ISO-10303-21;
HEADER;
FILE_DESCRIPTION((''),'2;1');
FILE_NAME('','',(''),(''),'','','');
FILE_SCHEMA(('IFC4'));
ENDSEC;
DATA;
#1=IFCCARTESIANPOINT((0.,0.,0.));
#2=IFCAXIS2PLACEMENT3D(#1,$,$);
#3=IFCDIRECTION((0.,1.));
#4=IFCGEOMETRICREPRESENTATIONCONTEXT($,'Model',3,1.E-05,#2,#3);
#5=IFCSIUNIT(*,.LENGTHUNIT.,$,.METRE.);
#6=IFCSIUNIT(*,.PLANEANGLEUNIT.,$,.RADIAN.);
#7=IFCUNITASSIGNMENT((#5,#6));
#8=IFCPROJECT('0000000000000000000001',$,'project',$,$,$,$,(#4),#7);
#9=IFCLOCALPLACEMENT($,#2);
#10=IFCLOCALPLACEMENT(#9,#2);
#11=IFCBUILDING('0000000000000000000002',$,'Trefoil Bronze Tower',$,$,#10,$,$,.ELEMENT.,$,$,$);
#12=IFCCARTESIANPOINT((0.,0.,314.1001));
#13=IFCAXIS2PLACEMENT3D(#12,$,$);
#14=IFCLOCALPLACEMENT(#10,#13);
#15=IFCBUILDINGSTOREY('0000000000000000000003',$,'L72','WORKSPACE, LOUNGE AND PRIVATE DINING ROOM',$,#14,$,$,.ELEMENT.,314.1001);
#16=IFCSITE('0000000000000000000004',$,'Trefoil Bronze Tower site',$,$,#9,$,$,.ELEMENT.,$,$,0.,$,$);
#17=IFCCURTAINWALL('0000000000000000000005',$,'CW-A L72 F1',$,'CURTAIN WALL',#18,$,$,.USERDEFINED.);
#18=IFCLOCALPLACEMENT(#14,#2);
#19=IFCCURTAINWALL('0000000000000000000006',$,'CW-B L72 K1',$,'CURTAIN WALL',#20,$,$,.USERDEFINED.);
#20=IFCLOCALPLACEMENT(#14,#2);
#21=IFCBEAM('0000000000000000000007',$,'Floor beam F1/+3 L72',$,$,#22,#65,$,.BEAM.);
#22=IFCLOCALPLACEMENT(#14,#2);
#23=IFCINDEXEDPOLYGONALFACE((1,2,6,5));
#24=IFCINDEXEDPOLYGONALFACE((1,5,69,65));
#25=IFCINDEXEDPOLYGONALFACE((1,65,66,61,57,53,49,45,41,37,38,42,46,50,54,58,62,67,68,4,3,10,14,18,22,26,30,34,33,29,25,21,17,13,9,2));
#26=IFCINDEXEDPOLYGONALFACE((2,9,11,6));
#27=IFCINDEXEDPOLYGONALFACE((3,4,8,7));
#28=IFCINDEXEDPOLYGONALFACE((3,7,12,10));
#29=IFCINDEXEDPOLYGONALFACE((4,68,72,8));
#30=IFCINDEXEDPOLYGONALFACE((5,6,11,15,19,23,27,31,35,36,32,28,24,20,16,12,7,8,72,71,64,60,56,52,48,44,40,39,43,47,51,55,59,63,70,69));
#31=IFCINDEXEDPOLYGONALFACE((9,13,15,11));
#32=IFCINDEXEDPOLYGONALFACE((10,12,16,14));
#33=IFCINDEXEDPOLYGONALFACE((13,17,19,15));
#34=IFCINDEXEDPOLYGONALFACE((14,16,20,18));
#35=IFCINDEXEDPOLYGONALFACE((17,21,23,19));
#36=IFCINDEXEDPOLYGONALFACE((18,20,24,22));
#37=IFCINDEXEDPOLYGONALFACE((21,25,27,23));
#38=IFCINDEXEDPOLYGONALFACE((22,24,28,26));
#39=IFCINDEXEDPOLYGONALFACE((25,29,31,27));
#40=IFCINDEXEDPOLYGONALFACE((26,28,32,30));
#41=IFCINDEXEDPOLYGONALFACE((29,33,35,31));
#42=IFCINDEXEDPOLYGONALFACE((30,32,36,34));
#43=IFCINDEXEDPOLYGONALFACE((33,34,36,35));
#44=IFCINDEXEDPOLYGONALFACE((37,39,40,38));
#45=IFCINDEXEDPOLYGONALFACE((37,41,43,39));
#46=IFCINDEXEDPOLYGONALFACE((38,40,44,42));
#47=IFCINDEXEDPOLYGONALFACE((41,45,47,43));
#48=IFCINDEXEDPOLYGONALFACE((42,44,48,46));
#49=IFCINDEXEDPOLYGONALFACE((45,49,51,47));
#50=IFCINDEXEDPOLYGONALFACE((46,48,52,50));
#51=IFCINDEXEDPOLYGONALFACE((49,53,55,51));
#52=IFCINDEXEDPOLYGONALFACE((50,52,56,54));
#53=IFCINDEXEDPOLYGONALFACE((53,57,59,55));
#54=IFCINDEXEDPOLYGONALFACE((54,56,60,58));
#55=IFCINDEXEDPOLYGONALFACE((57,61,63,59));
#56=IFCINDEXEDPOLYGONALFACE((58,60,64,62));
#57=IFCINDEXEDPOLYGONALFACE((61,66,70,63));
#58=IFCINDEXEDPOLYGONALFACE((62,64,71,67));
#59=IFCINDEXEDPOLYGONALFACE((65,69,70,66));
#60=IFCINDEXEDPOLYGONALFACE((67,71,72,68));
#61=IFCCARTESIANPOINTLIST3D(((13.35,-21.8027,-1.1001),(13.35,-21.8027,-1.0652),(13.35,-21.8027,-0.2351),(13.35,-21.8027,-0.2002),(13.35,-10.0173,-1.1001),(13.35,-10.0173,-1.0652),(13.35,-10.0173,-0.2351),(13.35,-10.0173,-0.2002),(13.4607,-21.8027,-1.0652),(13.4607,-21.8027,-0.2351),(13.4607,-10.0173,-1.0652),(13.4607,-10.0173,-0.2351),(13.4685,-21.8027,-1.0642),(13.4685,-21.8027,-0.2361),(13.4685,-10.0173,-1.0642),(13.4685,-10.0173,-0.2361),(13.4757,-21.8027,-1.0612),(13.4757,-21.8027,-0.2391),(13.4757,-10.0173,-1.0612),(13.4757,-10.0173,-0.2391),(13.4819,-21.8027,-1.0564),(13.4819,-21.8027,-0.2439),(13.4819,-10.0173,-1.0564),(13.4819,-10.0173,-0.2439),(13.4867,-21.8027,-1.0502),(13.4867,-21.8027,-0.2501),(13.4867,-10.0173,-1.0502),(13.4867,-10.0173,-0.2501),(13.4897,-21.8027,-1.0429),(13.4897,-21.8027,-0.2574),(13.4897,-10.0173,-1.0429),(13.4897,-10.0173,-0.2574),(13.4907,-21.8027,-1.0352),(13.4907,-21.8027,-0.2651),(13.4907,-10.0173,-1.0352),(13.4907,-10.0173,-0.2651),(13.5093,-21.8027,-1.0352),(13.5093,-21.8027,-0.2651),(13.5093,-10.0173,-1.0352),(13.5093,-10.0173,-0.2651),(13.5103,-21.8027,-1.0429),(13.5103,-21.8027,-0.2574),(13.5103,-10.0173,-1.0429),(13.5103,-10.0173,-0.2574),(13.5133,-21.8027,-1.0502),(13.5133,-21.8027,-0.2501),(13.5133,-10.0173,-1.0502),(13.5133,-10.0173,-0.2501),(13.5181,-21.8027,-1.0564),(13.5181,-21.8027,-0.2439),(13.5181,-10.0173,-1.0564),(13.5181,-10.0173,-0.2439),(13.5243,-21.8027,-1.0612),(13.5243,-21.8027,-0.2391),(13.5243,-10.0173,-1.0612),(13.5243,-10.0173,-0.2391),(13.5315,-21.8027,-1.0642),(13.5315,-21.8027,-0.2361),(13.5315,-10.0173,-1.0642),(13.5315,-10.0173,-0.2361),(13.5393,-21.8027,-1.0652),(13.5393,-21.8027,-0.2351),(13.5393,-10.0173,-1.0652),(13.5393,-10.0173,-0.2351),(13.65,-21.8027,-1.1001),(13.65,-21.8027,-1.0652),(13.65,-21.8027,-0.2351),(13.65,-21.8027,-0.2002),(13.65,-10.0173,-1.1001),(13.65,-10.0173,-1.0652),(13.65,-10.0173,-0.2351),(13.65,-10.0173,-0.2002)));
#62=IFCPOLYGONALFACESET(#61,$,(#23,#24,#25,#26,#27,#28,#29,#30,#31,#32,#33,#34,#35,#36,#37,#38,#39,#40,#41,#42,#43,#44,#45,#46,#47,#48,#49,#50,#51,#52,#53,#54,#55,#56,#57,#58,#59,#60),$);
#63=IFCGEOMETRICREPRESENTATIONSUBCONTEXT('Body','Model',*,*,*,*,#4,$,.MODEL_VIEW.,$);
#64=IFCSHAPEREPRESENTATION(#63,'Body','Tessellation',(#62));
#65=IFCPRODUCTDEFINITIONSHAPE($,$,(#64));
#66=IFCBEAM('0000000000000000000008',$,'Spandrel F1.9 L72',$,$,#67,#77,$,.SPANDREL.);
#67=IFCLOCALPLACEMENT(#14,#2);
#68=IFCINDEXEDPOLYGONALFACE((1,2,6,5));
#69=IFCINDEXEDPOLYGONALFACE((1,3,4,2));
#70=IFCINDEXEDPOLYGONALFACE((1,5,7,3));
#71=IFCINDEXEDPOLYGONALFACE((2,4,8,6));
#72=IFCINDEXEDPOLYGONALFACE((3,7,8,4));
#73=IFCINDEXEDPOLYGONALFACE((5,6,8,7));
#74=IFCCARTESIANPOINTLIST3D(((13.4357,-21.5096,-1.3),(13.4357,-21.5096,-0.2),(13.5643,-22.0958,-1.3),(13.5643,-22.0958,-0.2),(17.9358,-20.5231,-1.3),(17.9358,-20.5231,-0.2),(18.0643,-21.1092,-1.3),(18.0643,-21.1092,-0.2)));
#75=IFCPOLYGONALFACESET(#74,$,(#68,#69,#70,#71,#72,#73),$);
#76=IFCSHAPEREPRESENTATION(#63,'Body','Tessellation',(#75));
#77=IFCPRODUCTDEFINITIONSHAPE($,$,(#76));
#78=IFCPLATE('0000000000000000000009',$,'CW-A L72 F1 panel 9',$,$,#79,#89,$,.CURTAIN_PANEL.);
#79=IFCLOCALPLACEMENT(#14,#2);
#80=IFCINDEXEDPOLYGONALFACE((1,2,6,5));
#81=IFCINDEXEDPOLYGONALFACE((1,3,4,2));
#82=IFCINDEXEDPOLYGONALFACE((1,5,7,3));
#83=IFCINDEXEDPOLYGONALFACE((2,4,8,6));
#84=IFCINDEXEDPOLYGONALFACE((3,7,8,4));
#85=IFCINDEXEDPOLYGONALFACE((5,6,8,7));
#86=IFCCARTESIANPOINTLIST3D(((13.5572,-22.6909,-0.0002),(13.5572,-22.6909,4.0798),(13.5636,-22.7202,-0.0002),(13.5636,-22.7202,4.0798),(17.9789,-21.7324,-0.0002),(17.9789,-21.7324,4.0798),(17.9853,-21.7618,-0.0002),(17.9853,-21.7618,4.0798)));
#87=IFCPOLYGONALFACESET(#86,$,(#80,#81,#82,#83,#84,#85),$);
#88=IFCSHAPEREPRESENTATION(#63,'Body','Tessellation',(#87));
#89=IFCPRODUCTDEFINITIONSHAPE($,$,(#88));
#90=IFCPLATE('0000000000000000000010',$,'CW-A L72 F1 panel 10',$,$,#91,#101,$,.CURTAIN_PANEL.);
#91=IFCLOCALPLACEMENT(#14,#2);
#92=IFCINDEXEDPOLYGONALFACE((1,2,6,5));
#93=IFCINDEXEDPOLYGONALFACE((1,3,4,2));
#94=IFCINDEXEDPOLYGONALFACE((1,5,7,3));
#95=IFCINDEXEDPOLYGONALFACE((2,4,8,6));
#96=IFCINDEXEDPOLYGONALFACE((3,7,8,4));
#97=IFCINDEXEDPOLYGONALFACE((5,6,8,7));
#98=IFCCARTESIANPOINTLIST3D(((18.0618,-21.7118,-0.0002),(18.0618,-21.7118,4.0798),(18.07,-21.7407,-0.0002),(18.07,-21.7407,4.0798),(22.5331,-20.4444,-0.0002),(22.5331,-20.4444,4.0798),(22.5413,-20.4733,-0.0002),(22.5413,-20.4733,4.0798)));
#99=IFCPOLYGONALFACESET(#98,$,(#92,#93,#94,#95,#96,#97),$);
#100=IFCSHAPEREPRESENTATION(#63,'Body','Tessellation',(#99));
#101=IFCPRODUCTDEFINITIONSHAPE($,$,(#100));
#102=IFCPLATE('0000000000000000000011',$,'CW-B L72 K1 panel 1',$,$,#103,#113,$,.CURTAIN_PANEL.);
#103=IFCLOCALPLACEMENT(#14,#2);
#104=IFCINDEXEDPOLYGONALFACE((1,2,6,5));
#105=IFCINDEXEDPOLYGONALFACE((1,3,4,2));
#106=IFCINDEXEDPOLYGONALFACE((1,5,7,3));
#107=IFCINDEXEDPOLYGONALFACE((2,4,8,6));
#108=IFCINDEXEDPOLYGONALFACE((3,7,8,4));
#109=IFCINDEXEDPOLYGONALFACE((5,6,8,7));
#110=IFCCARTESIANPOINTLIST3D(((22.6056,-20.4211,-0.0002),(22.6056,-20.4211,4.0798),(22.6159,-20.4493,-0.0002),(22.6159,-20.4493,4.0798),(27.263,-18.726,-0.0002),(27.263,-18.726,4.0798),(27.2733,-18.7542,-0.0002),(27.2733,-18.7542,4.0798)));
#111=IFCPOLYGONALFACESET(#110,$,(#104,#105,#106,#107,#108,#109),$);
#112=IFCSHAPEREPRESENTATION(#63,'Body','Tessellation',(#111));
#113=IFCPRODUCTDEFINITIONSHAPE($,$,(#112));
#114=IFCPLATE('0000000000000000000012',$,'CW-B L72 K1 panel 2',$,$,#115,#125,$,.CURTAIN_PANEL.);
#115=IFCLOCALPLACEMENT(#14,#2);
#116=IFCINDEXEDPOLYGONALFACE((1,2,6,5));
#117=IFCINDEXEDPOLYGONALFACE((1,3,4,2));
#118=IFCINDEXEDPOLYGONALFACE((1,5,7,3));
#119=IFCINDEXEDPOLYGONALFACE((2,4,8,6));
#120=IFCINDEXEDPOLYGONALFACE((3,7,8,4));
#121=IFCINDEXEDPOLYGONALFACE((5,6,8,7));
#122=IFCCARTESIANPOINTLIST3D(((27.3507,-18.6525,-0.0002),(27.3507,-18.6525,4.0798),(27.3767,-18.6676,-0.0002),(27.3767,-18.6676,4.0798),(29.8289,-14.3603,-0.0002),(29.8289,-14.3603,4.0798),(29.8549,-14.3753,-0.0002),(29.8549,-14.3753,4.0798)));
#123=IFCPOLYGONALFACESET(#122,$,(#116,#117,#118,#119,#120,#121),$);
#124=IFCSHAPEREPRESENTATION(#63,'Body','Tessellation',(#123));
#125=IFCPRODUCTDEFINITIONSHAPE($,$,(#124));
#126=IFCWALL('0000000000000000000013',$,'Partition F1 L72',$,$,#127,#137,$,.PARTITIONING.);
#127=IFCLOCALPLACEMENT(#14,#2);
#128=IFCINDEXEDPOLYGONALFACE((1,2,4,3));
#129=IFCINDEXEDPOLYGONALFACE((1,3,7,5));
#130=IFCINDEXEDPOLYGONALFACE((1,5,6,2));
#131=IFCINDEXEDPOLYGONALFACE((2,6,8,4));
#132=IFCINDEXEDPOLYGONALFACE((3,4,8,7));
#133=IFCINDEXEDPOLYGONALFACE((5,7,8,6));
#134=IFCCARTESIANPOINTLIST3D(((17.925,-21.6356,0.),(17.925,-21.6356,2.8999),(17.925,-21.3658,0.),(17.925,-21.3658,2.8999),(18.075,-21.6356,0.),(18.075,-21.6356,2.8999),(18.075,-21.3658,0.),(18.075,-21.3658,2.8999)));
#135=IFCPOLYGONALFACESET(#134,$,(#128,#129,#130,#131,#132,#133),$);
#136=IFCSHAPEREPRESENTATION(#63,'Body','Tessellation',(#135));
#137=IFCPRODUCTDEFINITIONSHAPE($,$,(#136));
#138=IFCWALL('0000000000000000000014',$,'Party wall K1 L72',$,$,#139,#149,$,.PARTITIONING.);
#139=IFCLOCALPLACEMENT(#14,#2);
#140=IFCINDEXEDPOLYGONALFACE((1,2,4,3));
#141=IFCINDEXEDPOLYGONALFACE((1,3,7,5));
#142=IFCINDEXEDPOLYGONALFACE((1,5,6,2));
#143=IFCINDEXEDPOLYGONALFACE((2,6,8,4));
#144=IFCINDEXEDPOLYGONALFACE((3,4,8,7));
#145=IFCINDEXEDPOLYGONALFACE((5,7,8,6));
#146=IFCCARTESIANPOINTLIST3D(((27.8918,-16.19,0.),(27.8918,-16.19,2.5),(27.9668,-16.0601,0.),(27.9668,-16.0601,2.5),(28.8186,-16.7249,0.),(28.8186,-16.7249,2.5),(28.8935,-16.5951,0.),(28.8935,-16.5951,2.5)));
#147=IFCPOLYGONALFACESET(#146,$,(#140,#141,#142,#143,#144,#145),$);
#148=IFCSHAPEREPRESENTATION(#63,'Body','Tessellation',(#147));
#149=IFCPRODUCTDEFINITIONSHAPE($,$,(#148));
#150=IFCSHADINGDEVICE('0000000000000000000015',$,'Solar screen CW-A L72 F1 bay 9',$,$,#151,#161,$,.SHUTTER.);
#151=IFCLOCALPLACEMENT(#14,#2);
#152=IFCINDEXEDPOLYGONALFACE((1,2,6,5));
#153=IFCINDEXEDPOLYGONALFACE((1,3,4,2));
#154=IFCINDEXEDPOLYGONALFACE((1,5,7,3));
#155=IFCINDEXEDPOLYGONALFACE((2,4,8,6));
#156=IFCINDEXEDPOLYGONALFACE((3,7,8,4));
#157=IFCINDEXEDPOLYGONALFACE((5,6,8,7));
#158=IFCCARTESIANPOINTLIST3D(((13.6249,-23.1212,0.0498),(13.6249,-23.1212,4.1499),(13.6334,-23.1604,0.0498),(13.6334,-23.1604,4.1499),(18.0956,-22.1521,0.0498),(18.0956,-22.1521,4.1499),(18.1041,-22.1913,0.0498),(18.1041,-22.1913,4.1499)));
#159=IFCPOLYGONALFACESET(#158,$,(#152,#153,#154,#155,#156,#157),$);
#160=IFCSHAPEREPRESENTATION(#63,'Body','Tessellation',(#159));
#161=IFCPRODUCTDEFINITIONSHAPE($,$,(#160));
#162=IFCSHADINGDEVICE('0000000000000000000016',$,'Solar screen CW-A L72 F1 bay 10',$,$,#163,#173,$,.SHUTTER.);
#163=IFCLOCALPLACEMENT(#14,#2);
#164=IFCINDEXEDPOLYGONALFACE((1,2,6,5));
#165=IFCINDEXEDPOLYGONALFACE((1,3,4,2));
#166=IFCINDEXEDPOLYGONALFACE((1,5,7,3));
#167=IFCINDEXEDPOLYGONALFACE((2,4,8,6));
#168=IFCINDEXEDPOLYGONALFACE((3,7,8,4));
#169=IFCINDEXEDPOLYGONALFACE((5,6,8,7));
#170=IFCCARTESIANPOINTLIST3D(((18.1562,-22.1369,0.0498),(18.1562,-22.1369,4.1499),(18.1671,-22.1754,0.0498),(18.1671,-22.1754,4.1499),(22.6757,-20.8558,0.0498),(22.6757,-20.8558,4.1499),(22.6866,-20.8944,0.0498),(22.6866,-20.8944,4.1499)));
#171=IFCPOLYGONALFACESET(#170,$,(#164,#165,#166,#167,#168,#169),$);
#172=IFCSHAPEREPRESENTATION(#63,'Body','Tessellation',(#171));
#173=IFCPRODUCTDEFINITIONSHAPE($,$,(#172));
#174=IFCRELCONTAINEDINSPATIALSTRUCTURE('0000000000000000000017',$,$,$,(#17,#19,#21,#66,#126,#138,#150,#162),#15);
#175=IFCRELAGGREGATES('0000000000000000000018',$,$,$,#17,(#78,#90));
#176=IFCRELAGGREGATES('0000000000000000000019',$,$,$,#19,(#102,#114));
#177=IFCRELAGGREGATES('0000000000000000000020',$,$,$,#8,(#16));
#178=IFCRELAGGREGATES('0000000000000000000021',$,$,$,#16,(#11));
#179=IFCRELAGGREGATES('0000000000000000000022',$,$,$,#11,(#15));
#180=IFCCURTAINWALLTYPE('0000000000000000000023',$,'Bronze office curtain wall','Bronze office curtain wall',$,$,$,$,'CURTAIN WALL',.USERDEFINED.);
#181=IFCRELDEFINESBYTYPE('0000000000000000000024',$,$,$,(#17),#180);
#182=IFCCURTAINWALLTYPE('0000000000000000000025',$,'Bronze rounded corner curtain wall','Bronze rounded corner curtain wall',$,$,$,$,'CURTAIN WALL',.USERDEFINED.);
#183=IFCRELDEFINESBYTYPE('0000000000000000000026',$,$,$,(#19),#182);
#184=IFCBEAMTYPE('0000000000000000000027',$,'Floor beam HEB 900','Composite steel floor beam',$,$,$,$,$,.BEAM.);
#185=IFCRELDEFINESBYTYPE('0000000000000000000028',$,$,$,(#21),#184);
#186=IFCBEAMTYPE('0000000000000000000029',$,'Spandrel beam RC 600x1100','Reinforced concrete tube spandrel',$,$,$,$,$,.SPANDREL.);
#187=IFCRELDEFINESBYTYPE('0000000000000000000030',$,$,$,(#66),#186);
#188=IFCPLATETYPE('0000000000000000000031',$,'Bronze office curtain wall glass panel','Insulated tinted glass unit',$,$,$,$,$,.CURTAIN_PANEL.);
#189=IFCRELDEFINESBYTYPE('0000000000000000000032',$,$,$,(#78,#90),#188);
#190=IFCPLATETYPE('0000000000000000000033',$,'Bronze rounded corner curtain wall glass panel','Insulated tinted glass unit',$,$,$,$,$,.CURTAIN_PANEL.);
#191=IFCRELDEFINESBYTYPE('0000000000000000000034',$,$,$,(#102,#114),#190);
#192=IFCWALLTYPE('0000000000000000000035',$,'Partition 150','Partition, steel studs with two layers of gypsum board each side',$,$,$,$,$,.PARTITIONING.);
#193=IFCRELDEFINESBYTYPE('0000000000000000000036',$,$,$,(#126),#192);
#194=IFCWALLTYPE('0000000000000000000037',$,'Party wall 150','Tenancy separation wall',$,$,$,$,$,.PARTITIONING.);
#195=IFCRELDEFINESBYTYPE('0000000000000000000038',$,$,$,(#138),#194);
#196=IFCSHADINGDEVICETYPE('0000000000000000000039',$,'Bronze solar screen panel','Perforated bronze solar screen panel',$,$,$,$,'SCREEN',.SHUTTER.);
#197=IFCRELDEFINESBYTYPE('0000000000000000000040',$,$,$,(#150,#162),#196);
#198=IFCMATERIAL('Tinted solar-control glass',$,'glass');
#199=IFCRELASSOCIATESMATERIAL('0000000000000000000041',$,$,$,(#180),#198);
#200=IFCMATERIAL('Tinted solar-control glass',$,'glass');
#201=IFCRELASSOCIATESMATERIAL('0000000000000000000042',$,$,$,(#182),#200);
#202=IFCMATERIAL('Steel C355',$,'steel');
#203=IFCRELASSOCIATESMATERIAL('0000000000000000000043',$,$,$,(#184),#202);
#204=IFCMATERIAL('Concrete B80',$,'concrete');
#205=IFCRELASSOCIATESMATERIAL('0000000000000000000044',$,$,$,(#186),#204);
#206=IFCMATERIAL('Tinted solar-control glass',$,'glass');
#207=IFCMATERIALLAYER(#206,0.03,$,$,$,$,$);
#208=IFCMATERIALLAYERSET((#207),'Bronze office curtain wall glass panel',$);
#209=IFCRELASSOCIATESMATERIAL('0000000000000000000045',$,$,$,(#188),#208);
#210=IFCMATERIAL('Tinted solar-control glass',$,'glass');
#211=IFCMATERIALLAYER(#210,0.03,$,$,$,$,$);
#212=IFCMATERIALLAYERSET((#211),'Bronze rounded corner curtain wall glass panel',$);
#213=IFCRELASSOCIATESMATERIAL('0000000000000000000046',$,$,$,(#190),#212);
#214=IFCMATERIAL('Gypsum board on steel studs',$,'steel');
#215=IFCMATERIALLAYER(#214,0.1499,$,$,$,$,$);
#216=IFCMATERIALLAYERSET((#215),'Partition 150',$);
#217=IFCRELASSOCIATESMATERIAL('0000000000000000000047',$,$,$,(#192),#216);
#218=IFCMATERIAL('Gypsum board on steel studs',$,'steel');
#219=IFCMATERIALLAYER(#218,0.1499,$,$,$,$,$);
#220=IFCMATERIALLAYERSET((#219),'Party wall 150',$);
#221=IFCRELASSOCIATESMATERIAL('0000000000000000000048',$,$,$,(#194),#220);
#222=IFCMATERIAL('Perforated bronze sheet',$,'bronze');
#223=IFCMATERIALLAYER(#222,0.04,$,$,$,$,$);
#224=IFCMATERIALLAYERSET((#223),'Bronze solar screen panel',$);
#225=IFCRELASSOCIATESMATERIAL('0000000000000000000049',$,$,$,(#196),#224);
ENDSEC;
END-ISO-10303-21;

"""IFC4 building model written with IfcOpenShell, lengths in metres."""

from ifc_helpers import new_model, si_unit, direction, frame, frame_2d, origin, origin_2d, place, context, subcontext, project, spatial, rectangle, i_section, extrude, material, layer, layer_set, material_profile, profile_set, type_object, element, aggregate, save


model = new_model("IFC4")

# Units and contexts
model_context = context("Model", 3, precision=1e-05, world=origin(), true_north=direction((0.0, 1.0)))
body_context = subcontext(model_context, "Body", "Model", "MODEL_VIEW")
ifc_project = project(units=[si_unit("LENGTHUNIT", "METRE"), si_unit("PLANEANGLEUNIT", "RADIAN")], contexts=[model_context])

# Site, building, storey
site_placement = place(None, origin())
site = spatial("IfcSite", under=ifc_project, at=site_placement, Name="Trefoil Bronze Tower site", CompositionType="ELEMENT", RefElevation=0.0)
building_placement = place(site_placement, origin())
building = spatial("IfcBuilding", under=site, at=building_placement, Name="Trefoil Bronze Tower", CompositionType="ELEMENT")
storey_placement = place(building_placement, frame((0.0, 0.0, 314.1001)))
storey = spatial("IfcBuildingStorey", under=building, at=storey_placement, Name="L72", Description="WORKSPACE, LOUNGE AND PRIVATE DINING ROOM", CompositionType="ELEMENT", Elevation=314.1001)

# Curtain walls
ifc_material_1 = material(Name="Tinted solar-control glass", Category="glass")
curtain_wall_type_1 = type_object("IfcCurtainWallType", Name="Bronze office curtain wall", Description="Bronze office curtain wall", ElementType="CURTAIN WALL", PredefinedType="USERDEFINED", material=ifc_material_1)
curtain_wall_1_placement = place(storey_placement, origin())
curtain_wall_1 = element("IfcCurtainWall", 1, at=curtain_wall_1_placement, inside=storey, type_object=curtain_wall_type_1, Name="CW-A L72 F1", ObjectType="CURTAIN WALL", PredefinedType="USERDEFINED")
ifc_material_2 = material(Name="Tinted solar-control glass", Category="glass")
curtain_wall_type_2 = type_object("IfcCurtainWallType", Name="Bronze rounded corner curtain wall", Description="Bronze rounded corner curtain wall", ElementType="CURTAIN WALL", PredefinedType="USERDEFINED", material=ifc_material_2)
curtain_wall_2_placement = place(storey_placement, origin())
curtain_wall_2 = element("IfcCurtainWall", 2, at=curtain_wall_2_placement, inside=storey, type_object=curtain_wall_type_2, Name="CW-B L72 K1", ObjectType="CURTAIN WALL", PredefinedType="USERDEFINED")

# Beams
ifc_material_3 = material(Name="Steel C355", Category="steel")
ifc_material_profile_1 = material_profile(ifc_material_3, i_section(OverallWidth=0.3, OverallDepth=0.8999, WebThickness=0.0186, FlangeThickness=0.0349, FilletRadius=0.03, at=origin_2d()), Name="HEB 900")
ifc_profile_set_1 = profile_set([ifc_material_profile_1], Name="Steel C355")
beam_type_1 = type_object("IfcBeamType", Name="Floor beam HEB 900", Description="Composite steel floor beam", PredefinedType="BEAM", material=ifc_profile_set_1)
beam_1_placement = place(storey_placement, frame((13.5, -21.8027, -0.6501), z_axis=(0.0, 1.0, 0.0), x_axis=(-1.0, 0.0, 0.0)))
element("IfcBeam", 3, at=beam_1_placement, inside=storey, type_object=beam_type_1, Name="Floor beam F1/+3 L72", PredefinedType="BEAM", context=body_context, shape_type="SweptSolid", body=[
    extrude(i_section(OverallWidth=0.3, OverallDepth=0.8999, WebThickness=0.0186, FlangeThickness=0.0349, FilletRadius=0.03, at=origin_2d()), origin(), (0.0, 0.0, 1.0), 11.7854),
])
ifc_material_4 = material(Name="Concrete B80", Category="concrete")
ifc_material_profile_2 = material_profile(ifc_material_4, rectangle(XDim=0.6001, YDim=1.1001, at=origin_2d()), Name="RC 600x1100")
ifc_profile_set_2 = profile_set([ifc_material_profile_2], Name="Concrete B80")
beam_type_2 = type_object("IfcBeamType", Name="Spandrel beam RC 600x1100", Description="Reinforced concrete tube spandrel", PredefinedType="SPANDREL", material=ifc_profile_set_2)
beam_2_placement = place(storey_placement, frame((13.5, -21.8027, -0.75), z_axis=(0.9768, 0.214152, 0.0), x_axis=(-0.214152, 0.9768, 0.0)))
element("IfcBeam", 4, at=beam_2_placement, inside=storey, type_object=beam_type_2, Name="Spandrel F1.9 L72", PredefinedType="SPANDREL", context=body_context, shape_type="SweptSolid", body=[
    extrude(rectangle(XDim=0.6001, YDim=1.1001, at=origin_2d()), origin(), (0.0, 0.0, 1.0), 4.6069),
])

# Plates
ifc_material_5 = material(Name="Tinted solar-control glass", Category="glass")
ifc_layer_1 = layer(ifc_material_5, 0.03)
ifc_layer_set_1 = layer_set([ifc_layer_1], Name="Bronze office curtain wall glass panel")
plate_type_1 = type_object("IfcPlateType", Name="Bronze office curtain wall glass panel", Description="Insulated tinted glass unit", PredefinedType="CURTAIN_PANEL", material=ifc_layer_set_1)
plate_1_placement = place(storey_placement, frame((15.7712, -22.2263, -0.0002), z_axis=(0.0, 0.0, 1.0), x_axis=(0.977303, 0.211846, 0.0)))
plate_1 = element("IfcPlate", 5, at=plate_1_placement, type_object=plate_type_1, Name="CW-A L72 F1 panel 9", PredefinedType="CURTAIN_PANEL", context=body_context, shape_type="SweptSolid", body=[
    extrude(rectangle(XDim=4.5244, YDim=0.03, at=origin_2d()), origin(), (0.0, 0.0, 1.0), 4.0801),
])
plate_2_placement = place(storey_placement, frame((20.3015, -21.0925, -0.0002), z_axis=(0.0, 0.0, 1.0), x_axis=(0.962098, 0.272705, 0.0)))
plate_2 = element("IfcPlate", 6, at=plate_2_placement, type_object=plate_type_1, Name="CW-A L72 F1 panel 10", PredefinedType="CURTAIN_PANEL", context=body_context, shape_type="SweptSolid", body=[
    extrude(rectangle(XDim=4.6475, YDim=0.03, at=origin_2d()), origin(), (0.0, 0.0, 1.0), 4.0801),
])
aggregate(curtain_wall_1, [plate_1, plate_2])
ifc_material_6 = material(Name="Tinted solar-control glass", Category="glass")
ifc_layer_2 = layer(ifc_material_6, 0.03)
ifc_layer_set_2 = layer_set([ifc_layer_2], Name="Bronze rounded corner curtain wall glass panel")
plate_type_2 = type_object("IfcPlateType", Name="Bronze rounded corner curtain wall glass panel", Description="Insulated tinted glass unit", PredefinedType="CURTAIN_PANEL", material=ifc_layer_set_2)
plate_3_placement = place(storey_placement, frame((24.9395, -19.5876, -0.0002), z_axis=(0.0, 0.0, 1.0), x_axis=(0.939693, 0.34202, 0.0)))
plate_3 = element("IfcPlate", 7, at=plate_3_placement, type_object=plate_type_2, Name="CW-B L72 K1 panel 1", PredefinedType="CURTAIN_PANEL", context=body_context, shape_type="SweptSolid", body=[
    extrude(rectangle(XDim=4.9563, YDim=0.03, at=origin_2d()), origin(), (0.0, 0.0, 1.0), 4.0801),
])
plate_4_placement = place(storey_placement, frame((28.6028, -16.5139, -0.0002), z_axis=(0.0, 0.0, 1.0), x_axis=(0.5, 0.866025, 0.0)))
plate_4 = element("IfcPlate", 8, at=plate_4_placement, type_object=plate_type_2, Name="CW-B L72 K1 panel 2", PredefinedType="CURTAIN_PANEL", context=body_context, shape_type="SweptSolid", body=[
    extrude(rectangle(XDim=4.9563, YDim=0.03, at=origin_2d()), origin(), (0.0, 0.0, 1.0), 4.0801),
])
aggregate(curtain_wall_2, [plate_3, plate_4])

# Walls
ifc_material_7 = material(Name="Gypsum board on steel studs", Category="steel")
ifc_layer_3 = layer(ifc_material_7, 0.1499)
ifc_layer_set_3 = layer_set([ifc_layer_3], Name="Partition 150")
wall_type_1 = type_object("IfcWallType", Name="Partition 150", Description="Partition, steel studs with two layers of gypsum board each side", PredefinedType="PARTITIONING", material=ifc_layer_set_3)
wall_1_placement = place(storey_placement, frame((18.0, -21.366, 0.0), z_axis=(0.0, 0.0, 1.0), x_axis=(0.0, -1.0, 0.0)))
element("IfcWall", 9, at=wall_1_placement, inside=storey, type_object=wall_type_1, Name="Partition F1 L72", PredefinedType="PARTITIONING", context=body_context, shape_type="SweptSolid", body=[
    extrude(rectangle(XDim=0.2698, YDim=0.1499, at=frame_2d((0.1348, 0.0))), origin(), (0.0, 0.0, 1.0), 2.8999),
])
ifc_material_8 = material(Name="Gypsum board on steel studs", Category="steel")
ifc_layer_4 = layer(ifc_material_8, 0.1499)
ifc_layer_set_4 = layer_set([ifc_layer_4], Name="Party wall 150")
wall_type_2 = type_object("IfcWallType", Name="Party wall 150", Description="Tenancy separation wall", PredefinedType="PARTITIONING", material=ifc_layer_set_4)
wall_2_placement = place(storey_placement, frame((27.9292, -16.125, 0.0), z_axis=(0.0, 0.0, 1.0), x_axis=(0.866087, -0.499894, 0.0)))
element("IfcWall", 10, at=wall_2_placement, inside=storey, type_object=wall_type_2, Name="Party wall K1 L72", PredefinedType="PARTITIONING", context=body_context, shape_type="SweptSolid", body=[
    extrude(rectangle(XDim=1.0701, YDim=0.1499, at=frame_2d((0.5352, 0.0))), origin(), (0.0, 0.0, 1.0), 2.5),
])

# Shading devices
ifc_material_9 = material(Name="Perforated bronze sheet", Category="bronze")
ifc_layer_5 = layer(ifc_material_9, 0.04)
ifc_layer_set_5 = layer_set([ifc_layer_5], Name="Bronze solar screen panel")
shading_device_type = type_object("IfcShadingDeviceType", Name="Bronze solar screen panel", Description="Perforated bronze solar screen panel", ElementType="SCREEN", PredefinedType="SHUTTER", material=ifc_layer_set_5)
shading_device_1_placement = place(storey_placement, frame((15.8645, -22.6562, 0.0498), z_axis=(0.0, 0.0, 1.0), x_axis=(0.977303, 0.211846, 0.0)))
element("IfcShadingDevice", 11, at=shading_device_1_placement, inside=storey, type_object=shading_device_type, Name="Solar screen CW-A L72 F1 bay 9", PredefinedType="SHUTTER", context=body_context, shape_type="SweptSolid", body=[
    extrude(rectangle(XDim=4.5745, YDim=0.04, at=origin_2d()), origin(), (0.0, 0.0, 1.0), 4.1001),
])
shading_device_2_placement = place(storey_placement, frame((20.4214, -21.5156, 0.0498), z_axis=(0.0, 0.0, 1.0), x_axis=(0.962098, 0.272705, 0.0)))
element("IfcShadingDevice", 12, at=shading_device_2_placement, inside=storey, type_object=shading_device_type, Name="Solar screen CW-A L72 F1 bay 10", PredefinedType="SHUTTER", context=body_context, shape_type="SweptSolid", body=[
    extrude(rectangle(XDim=4.6975, YDim=0.04, at=origin_2d()), origin(), (0.0, 0.0, 1.0), 4.1001),
])

save(model, "model.ifc")
